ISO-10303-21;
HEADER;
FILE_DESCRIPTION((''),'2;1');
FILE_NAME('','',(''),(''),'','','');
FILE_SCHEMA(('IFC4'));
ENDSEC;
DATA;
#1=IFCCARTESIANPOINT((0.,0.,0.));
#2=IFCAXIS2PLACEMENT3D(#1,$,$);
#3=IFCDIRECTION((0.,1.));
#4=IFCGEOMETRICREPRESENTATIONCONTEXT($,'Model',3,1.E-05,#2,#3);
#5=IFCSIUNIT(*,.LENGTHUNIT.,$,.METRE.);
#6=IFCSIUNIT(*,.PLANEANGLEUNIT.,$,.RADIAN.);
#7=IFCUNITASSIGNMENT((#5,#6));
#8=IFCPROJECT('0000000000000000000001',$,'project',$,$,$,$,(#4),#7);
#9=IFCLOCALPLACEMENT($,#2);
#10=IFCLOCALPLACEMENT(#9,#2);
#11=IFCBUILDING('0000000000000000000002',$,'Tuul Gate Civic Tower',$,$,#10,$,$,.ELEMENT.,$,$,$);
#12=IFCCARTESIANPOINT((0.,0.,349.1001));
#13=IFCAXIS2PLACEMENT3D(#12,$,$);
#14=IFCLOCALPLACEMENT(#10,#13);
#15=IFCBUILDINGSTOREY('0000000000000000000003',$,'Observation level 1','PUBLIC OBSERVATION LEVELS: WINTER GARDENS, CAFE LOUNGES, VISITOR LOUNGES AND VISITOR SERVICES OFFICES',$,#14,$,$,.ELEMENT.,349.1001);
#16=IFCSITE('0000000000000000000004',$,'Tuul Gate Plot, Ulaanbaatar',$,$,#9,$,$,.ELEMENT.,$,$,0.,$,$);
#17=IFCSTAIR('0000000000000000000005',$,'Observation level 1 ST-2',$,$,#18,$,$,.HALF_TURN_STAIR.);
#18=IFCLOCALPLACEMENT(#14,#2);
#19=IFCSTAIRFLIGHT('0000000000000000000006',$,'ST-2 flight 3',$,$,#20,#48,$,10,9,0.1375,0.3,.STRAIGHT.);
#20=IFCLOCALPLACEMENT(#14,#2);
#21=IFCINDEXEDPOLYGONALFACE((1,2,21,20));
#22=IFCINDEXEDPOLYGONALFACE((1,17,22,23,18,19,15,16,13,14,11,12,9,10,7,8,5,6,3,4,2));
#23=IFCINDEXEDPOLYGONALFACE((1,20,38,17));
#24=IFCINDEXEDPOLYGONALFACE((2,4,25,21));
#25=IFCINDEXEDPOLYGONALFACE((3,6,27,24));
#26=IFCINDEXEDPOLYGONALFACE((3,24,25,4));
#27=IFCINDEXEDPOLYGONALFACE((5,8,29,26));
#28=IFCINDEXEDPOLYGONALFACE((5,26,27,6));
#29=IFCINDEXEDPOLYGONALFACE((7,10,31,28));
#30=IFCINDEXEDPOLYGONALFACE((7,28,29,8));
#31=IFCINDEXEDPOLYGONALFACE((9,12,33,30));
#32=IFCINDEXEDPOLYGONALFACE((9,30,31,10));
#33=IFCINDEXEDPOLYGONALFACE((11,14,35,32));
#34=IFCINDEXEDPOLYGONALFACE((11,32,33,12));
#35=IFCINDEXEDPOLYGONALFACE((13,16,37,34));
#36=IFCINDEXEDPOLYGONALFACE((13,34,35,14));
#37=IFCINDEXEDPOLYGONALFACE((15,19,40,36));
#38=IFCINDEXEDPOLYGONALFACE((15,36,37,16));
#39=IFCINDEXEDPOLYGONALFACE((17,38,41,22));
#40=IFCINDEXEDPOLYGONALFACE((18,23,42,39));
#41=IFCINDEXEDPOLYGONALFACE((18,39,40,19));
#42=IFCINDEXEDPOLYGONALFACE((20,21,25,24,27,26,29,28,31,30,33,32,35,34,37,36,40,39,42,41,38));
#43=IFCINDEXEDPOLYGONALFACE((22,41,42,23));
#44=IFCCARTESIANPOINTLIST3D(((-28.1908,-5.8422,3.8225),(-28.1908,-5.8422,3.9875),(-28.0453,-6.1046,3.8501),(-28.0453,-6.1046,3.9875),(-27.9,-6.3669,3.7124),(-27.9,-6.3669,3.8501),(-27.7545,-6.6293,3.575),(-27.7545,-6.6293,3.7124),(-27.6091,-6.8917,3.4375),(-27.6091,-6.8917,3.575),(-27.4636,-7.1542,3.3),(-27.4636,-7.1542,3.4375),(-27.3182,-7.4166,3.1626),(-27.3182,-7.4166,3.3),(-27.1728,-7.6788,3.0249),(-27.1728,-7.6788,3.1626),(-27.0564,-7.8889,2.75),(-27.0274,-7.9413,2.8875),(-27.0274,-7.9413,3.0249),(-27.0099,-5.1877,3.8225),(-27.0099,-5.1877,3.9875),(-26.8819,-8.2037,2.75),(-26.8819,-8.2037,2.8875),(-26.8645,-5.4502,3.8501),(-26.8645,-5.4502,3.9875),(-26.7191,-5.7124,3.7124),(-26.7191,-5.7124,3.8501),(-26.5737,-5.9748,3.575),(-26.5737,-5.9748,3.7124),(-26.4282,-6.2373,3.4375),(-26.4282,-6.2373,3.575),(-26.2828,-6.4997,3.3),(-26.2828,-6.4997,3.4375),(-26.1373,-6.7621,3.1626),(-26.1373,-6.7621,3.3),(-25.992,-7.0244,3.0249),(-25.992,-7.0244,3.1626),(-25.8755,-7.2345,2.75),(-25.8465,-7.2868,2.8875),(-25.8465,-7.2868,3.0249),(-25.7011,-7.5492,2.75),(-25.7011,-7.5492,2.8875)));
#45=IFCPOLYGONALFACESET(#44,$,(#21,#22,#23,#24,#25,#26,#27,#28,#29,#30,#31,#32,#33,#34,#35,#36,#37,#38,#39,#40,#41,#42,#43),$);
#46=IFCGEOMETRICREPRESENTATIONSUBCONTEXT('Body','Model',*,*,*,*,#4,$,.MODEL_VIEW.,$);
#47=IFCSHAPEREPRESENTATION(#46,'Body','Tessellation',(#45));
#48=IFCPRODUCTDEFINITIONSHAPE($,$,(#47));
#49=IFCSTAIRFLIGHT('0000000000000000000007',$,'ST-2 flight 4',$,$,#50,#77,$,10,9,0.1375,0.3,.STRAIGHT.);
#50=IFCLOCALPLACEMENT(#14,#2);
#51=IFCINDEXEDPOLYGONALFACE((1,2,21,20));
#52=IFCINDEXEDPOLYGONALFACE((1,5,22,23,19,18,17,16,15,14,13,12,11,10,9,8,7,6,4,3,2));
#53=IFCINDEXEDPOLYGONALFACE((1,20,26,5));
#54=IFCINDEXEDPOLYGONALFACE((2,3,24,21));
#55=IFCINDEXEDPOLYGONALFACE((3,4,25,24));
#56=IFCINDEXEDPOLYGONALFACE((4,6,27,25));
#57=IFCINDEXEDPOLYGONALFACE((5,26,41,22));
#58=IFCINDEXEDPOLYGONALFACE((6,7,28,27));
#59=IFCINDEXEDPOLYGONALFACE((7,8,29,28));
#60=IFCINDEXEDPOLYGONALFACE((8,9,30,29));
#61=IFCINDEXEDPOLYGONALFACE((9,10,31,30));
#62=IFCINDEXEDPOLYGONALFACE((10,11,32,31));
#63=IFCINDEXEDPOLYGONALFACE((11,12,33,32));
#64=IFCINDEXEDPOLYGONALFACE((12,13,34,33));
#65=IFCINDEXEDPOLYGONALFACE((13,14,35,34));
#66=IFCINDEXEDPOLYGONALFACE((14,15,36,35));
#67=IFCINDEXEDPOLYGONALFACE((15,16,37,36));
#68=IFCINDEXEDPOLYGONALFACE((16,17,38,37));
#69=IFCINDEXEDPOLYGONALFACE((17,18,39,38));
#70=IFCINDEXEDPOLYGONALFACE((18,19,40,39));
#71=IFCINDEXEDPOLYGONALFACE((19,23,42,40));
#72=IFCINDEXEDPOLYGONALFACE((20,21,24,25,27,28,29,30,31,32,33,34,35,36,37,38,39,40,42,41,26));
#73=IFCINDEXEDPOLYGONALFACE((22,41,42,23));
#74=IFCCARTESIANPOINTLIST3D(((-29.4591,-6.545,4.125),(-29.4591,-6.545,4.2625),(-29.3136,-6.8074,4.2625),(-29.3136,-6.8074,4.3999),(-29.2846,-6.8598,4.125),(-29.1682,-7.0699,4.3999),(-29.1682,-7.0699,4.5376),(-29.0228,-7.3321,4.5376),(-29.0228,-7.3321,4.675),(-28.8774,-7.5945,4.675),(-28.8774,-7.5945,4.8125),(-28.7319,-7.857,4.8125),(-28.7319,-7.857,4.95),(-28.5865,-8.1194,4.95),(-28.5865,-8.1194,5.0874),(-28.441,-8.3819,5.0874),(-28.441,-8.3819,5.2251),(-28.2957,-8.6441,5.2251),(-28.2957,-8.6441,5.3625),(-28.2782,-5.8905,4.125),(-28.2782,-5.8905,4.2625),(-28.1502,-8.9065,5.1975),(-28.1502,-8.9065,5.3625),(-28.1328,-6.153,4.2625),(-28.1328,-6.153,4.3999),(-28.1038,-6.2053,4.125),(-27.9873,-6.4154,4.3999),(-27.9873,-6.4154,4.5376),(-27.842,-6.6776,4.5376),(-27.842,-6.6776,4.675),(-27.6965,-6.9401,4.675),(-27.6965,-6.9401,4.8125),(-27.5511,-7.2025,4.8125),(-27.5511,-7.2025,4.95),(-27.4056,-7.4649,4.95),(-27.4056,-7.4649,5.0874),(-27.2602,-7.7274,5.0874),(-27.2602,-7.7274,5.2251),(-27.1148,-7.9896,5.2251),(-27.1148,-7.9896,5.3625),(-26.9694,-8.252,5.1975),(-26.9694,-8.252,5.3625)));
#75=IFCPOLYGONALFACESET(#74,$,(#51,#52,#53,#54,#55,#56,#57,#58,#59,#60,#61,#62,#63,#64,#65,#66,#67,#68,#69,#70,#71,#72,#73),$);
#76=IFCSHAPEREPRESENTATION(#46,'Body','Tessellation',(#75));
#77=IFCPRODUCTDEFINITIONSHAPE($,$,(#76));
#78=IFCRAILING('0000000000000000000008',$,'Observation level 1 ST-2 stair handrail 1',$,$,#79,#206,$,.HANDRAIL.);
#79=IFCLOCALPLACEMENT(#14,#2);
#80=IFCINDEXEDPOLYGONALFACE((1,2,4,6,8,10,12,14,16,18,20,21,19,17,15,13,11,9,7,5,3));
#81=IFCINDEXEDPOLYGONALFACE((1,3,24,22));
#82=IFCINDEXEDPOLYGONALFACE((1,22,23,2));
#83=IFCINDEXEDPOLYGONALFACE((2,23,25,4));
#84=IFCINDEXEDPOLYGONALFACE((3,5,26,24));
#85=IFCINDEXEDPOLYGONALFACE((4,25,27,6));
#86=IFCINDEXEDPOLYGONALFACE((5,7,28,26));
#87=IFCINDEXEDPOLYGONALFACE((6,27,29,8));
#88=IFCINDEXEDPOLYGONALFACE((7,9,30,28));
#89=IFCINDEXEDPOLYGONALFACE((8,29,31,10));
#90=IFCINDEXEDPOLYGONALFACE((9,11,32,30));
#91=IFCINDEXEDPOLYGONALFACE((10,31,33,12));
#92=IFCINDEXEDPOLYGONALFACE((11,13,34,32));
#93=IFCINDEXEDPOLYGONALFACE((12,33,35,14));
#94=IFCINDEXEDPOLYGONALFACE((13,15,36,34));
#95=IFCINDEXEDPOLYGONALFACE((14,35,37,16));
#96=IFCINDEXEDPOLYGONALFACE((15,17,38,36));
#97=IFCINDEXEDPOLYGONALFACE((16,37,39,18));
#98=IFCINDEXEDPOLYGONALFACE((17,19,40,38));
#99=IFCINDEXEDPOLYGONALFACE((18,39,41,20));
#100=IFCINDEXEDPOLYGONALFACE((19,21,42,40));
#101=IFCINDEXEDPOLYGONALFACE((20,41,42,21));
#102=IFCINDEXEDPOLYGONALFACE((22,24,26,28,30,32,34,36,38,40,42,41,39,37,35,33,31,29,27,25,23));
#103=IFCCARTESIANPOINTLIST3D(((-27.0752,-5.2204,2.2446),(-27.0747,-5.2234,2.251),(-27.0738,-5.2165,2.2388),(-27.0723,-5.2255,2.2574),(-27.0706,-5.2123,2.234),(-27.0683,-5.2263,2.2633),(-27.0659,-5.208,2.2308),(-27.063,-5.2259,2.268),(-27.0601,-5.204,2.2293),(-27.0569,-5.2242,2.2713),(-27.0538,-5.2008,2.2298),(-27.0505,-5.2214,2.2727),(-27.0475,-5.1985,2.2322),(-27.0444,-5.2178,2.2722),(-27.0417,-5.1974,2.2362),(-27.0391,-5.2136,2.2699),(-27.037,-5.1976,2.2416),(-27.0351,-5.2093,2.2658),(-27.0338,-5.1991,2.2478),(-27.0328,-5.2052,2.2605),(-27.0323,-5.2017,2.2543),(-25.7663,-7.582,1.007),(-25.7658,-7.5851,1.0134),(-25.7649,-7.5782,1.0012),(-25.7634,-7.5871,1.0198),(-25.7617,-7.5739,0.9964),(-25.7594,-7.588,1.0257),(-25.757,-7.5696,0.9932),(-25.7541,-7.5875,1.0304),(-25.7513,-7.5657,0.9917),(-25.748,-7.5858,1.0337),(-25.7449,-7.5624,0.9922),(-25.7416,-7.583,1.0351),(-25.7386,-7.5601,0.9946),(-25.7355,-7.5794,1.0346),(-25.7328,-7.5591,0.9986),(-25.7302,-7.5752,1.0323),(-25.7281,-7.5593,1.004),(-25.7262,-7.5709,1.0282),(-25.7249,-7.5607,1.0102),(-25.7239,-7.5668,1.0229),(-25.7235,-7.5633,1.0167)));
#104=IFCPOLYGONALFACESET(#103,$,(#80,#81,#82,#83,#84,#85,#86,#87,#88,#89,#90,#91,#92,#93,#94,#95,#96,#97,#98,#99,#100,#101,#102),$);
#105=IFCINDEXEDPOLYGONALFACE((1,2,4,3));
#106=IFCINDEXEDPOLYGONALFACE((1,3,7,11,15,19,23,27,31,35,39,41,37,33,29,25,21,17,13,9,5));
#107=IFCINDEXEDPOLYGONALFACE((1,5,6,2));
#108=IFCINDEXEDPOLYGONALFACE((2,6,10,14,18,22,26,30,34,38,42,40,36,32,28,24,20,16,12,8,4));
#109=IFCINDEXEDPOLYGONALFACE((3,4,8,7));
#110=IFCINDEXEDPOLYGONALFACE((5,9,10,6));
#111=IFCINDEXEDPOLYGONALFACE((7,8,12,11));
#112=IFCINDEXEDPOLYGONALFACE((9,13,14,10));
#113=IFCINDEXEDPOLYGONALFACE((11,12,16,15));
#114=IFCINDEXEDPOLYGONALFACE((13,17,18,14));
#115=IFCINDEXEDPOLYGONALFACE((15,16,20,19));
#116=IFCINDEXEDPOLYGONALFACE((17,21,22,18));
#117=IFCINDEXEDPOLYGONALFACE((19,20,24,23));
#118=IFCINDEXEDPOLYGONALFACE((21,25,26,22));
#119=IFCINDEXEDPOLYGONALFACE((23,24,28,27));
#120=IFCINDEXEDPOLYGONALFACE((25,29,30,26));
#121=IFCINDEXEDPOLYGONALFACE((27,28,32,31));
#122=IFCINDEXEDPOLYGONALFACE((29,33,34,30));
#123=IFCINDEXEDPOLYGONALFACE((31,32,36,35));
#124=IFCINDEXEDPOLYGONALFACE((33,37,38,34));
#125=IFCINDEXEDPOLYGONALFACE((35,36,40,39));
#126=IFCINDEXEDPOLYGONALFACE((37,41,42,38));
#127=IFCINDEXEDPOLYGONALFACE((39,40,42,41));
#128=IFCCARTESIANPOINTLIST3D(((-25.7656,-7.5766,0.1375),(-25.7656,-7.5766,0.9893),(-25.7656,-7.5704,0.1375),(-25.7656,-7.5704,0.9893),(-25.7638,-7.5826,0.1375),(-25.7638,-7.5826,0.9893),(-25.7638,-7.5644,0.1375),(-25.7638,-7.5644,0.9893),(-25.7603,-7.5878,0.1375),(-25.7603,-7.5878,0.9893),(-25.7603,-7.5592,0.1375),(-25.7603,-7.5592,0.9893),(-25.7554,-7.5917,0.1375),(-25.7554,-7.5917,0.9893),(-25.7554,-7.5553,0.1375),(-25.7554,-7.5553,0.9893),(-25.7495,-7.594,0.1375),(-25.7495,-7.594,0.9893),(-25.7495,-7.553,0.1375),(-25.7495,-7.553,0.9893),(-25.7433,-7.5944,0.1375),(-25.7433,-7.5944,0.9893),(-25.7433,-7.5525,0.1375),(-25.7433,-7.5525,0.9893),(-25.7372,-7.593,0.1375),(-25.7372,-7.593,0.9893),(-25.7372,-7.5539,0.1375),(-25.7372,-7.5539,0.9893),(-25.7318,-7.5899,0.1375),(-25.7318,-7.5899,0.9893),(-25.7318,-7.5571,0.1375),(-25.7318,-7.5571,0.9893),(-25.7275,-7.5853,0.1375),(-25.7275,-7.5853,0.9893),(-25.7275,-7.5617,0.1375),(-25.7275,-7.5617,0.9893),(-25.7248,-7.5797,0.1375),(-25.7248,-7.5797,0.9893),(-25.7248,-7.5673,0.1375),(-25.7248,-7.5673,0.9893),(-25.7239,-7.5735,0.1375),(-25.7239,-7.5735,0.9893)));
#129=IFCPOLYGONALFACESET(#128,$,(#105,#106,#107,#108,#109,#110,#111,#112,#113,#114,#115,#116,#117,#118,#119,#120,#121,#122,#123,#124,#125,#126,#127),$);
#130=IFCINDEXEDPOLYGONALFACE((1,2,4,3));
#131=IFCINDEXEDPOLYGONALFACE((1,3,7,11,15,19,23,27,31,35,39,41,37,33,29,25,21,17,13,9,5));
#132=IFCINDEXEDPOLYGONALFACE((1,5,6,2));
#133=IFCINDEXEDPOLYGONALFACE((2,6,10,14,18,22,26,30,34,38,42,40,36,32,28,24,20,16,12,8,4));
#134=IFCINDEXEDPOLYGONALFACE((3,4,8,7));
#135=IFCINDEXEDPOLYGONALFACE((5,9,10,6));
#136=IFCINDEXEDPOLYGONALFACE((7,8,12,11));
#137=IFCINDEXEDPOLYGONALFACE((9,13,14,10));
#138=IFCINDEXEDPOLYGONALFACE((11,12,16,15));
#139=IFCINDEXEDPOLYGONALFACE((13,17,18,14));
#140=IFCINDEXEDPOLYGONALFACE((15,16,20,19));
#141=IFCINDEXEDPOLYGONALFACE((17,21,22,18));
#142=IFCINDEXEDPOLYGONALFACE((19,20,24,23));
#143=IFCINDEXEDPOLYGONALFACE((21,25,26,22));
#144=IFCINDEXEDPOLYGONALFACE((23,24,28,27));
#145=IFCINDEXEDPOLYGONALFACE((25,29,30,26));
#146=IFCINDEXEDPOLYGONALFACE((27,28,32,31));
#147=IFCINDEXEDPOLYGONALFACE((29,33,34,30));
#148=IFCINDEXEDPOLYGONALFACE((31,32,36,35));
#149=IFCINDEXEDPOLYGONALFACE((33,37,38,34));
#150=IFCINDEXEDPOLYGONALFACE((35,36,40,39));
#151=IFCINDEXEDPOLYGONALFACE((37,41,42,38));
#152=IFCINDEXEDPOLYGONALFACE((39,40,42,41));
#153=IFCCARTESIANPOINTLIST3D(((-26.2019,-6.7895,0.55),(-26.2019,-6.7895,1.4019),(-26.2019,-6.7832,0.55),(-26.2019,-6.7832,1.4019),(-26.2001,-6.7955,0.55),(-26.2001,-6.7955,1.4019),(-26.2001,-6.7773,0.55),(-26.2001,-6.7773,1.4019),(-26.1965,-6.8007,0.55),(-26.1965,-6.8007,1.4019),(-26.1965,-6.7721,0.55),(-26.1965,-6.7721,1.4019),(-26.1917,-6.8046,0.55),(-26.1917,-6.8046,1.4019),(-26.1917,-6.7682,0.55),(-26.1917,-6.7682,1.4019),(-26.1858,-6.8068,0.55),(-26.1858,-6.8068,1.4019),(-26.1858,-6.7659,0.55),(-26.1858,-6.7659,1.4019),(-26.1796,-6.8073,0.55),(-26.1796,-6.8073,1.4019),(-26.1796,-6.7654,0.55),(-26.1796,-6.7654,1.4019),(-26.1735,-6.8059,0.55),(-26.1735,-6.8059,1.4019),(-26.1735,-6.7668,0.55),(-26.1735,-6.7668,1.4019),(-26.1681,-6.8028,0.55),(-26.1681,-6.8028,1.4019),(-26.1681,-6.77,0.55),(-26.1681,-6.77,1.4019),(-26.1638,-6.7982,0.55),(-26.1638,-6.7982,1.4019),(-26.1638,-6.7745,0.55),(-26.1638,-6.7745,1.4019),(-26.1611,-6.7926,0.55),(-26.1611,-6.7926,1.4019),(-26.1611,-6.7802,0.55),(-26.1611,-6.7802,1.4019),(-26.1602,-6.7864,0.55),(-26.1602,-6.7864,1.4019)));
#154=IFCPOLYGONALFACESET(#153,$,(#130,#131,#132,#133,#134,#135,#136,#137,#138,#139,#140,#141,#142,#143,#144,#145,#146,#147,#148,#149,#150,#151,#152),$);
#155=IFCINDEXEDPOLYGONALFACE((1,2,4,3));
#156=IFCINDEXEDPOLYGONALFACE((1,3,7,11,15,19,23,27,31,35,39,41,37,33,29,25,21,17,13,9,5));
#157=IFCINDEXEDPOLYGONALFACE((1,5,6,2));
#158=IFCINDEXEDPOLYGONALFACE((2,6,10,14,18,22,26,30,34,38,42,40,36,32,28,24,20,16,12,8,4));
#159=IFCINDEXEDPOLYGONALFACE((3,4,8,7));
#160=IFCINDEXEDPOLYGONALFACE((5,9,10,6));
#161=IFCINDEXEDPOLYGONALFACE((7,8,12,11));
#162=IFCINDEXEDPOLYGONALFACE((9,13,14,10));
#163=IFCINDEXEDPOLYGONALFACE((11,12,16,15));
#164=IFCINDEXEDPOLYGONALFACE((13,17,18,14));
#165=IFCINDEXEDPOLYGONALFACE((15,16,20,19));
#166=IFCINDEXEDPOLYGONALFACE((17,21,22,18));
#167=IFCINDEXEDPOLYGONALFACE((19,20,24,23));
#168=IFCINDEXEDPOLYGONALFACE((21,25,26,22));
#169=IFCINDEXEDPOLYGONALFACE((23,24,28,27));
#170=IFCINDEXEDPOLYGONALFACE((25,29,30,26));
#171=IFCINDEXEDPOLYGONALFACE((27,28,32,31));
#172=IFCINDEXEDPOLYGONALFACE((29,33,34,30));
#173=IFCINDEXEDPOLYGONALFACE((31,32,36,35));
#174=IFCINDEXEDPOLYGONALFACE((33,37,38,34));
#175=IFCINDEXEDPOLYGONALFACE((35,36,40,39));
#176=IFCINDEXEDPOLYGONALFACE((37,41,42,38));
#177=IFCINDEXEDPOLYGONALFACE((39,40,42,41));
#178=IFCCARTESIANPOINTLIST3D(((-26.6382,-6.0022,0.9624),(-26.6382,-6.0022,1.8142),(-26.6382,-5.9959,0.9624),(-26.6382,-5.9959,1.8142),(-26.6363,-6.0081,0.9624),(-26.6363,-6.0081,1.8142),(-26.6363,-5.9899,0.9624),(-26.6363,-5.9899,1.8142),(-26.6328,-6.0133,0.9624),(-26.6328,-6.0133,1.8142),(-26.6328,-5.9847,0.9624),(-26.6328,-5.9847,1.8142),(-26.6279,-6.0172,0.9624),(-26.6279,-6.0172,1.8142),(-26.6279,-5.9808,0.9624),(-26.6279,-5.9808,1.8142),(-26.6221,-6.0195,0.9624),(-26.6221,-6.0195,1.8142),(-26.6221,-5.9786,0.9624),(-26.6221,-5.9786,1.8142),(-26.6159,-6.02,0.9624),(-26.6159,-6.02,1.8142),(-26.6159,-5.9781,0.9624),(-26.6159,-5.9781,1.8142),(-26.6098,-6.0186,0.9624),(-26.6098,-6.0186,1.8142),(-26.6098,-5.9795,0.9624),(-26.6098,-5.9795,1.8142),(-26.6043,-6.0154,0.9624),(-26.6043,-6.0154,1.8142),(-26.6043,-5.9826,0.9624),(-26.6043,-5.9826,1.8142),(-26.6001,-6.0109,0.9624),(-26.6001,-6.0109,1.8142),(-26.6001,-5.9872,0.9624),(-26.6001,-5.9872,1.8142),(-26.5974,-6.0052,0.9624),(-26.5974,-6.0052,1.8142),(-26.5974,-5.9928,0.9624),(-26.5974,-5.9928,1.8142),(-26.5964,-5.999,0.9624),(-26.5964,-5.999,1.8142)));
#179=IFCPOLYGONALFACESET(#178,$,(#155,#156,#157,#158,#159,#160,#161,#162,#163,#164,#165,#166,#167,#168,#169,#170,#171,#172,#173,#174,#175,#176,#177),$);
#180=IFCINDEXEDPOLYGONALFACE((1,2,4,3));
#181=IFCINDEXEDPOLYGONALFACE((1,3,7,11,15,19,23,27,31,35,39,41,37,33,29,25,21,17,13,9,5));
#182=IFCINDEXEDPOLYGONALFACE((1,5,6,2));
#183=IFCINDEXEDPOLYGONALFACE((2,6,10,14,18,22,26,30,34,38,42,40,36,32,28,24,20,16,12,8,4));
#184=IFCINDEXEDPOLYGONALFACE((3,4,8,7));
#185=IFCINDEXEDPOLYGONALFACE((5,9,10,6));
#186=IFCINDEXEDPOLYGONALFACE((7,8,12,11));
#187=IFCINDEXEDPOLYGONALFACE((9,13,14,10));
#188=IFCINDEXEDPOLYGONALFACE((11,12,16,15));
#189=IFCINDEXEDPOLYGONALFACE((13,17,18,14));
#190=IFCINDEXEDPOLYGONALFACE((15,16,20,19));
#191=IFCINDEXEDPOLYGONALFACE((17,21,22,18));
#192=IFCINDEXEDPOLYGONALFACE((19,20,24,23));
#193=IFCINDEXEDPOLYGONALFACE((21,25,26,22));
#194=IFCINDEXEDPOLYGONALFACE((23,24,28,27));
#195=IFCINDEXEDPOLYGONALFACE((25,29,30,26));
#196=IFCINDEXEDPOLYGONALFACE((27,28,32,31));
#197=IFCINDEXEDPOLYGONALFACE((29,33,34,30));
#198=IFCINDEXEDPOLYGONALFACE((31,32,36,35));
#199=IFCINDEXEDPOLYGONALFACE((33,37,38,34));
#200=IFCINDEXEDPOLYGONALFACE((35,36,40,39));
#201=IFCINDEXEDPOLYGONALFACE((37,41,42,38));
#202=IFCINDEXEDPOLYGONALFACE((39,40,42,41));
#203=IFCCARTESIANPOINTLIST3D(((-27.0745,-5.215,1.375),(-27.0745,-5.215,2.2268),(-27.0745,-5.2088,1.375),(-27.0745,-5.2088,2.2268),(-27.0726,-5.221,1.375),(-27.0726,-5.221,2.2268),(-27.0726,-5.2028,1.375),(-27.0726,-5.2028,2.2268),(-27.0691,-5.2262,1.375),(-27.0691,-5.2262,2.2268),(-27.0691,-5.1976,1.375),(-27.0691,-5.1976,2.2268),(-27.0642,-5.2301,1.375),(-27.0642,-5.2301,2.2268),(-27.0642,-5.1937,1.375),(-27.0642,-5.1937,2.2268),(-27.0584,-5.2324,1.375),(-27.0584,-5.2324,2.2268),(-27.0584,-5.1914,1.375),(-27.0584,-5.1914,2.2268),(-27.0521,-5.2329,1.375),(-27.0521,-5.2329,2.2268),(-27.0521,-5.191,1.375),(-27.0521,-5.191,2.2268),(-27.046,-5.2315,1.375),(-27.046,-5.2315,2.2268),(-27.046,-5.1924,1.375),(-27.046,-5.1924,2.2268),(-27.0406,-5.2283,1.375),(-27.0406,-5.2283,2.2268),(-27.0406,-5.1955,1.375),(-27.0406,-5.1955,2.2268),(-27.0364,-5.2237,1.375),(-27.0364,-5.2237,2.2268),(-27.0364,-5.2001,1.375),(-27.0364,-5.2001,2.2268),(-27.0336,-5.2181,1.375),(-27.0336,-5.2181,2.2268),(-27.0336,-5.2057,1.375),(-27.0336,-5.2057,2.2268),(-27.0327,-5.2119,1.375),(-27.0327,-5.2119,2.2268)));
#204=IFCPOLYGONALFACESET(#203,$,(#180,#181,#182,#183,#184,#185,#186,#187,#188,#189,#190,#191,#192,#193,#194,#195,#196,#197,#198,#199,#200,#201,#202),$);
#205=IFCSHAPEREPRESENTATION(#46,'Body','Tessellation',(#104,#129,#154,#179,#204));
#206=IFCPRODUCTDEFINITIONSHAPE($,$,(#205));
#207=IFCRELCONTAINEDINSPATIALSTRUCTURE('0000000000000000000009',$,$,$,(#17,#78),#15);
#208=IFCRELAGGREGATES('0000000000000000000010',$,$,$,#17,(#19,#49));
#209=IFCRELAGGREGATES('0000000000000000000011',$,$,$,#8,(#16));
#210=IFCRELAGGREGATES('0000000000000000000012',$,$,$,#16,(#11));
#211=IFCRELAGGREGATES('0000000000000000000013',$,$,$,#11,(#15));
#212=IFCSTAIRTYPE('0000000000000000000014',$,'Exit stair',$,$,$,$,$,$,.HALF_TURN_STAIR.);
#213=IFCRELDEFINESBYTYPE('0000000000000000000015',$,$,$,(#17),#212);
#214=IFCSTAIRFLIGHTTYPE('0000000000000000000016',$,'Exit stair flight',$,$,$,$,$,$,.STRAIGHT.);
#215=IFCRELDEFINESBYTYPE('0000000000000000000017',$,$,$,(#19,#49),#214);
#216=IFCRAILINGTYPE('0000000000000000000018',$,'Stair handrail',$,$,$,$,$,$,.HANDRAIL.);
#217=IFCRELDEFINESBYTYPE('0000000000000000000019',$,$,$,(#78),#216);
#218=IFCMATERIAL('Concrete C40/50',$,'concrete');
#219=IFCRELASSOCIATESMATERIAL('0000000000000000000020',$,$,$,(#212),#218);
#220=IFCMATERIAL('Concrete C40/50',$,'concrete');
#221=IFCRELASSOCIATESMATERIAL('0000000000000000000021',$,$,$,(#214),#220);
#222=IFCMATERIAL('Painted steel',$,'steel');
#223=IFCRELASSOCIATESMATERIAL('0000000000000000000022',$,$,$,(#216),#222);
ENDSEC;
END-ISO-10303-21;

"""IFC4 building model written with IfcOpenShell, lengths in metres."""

from ifc_helpers import new_model, si_unit, direction, frame, origin, origin_2d, place, context, subcontext, project, spatial, polyline, circle, outline, extrude, material, type_object, element, aggregate, save


model = new_model("IFC4")

# Units and contexts
model_context = context("Model", 3, precision=1e-05, world=origin(), true_north=direction((0.0, 1.0)))
body_context = subcontext(model_context, "Body", "Model", "MODEL_VIEW")
ifc_project = project(units=[si_unit("LENGTHUNIT", "METRE"), si_unit("PLANEANGLEUNIT", "RADIAN")], contexts=[model_context])

# Site, building, storey
site_placement = place(None, origin())
site = spatial("IfcSite", under=ifc_project, at=site_placement, Name="Tuul Gate Plot, Ulaanbaatar", CompositionType="ELEMENT", RefElevation=0.0)
building_placement = place(site_placement, origin())
building = spatial("IfcBuilding", under=site, at=building_placement, Name="Tuul Gate Civic Tower", CompositionType="ELEMENT")
storey_placement = place(building_placement, frame((0.0, 0.0, 349.1001)))
storey = spatial("IfcBuildingStorey", under=building, at=storey_placement, Name="Observation level 1", Description="PUBLIC OBSERVATION LEVELS: WINTER GARDENS, CAFE LOUNGES, VISITOR LOUNGES AND VISITOR SERVICES OFFICES", CompositionType="ELEMENT", Elevation=349.1001)

# Stair, stair flights
ifc_material_1 = material(Name="Concrete C40/50", Category="concrete")
stair_type = type_object("IfcStairType", Name="Exit stair", PredefinedType="HALF_TURN_STAIR", material=ifc_material_1)
stair_placement = place(storey_placement, origin())
stair = element("IfcStair", 1, at=stair_placement, inside=storey, type_object=stair_type, Name="Observation level 1 ST-2", PredefinedType="HALF_TURN_STAIR")
ifc_material_2 = material(Name="Concrete C40/50", Category="concrete")
stair_flight_type = type_object("IfcStairFlightType", Name="Exit stair flight", PredefinedType="STRAIGHT", material=ifc_material_2)
stair_flight_1_placement = place(storey_placement, frame((-26.2915, -7.8765, 2.75), z_axis=(0.0, 0.0, 1.0), x_axis=(-0.484762, 0.874646, 0.0)))
stair_flight_1 = element("IfcStairFlight", 2, at=stair_flight_1_placement, type_object=stair_flight_type, Name="ST-2 flight 3", NumberOfRisers=10, NumberOfTreads=9, PredefinedType="STRAIGHT", RiserHeight=0.1375, TreadLength=0.3, context=body_context, shape_type="SweptSolid", body=[
    extrude(outline(polyline([(0.0, 0.0), (0.0, 0.1375), (0.3, 0.1375), (0.3, 0.2749), (0.6001, 0.2749), (0.6001, 0.4126), (0.8999, 0.4126), (0.8999, 0.55), (1.2, 0.55), (1.2, 0.6875), (1.5, 0.6875), (1.5, 0.825), (1.8, 0.825), (1.8, 0.9624), (2.1001, 0.9624), (2.1001, 1.1001), (2.3999, 1.1001), (2.3999, 1.2375), (2.7, 1.2375), (2.7, 1.375), (2.7, 1.0725), (0.3599, 0.0), (0.0, 0.0)])), frame((0.0, 0.675, 0.0), z_axis=(0.0, -1.0, 0.0), x_axis=(1.0, 0.0, 0.0)), (0.0, 0.0, 1.0), 1.3501),
])
stair_flight_2_placement = place(storey_placement, frame((-28.8687, -6.2178, 4.125), z_axis=(0.0, 0.0, 1.0), x_axis=(0.484762, -0.874646, 0.0)))
stair_flight_2 = element("IfcStairFlight", 3, at=stair_flight_2_placement, type_object=stair_flight_type, Name="ST-2 flight 4", NumberOfRisers=10, NumberOfTreads=9, PredefinedType="STRAIGHT", RiserHeight=0.1375, TreadLength=0.3, context=body_context, shape_type="SweptSolid", body=[
    extrude(outline(polyline([(0.0, 0.0), (0.0, 0.1375), (0.3, 0.1375), (0.3, 0.2749), (0.6001, 0.2749), (0.6001, 0.4126), (0.8999, 0.4126), (0.8999, 0.55), (1.2, 0.55), (1.2, 0.6875), (1.5, 0.6875), (1.5, 0.825), (1.8, 0.825), (1.8, 0.9624), (2.1001, 0.9624), (2.1001, 1.1001), (2.3999, 1.1001), (2.3999, 1.2375), (2.7, 1.2375), (2.7, 1.375), (2.7, 1.0725), (0.3599, 0.0), (0.0, 0.0)])), frame((0.0, 0.675, 0.0), z_axis=(0.0, -1.0, 0.0), x_axis=(1.0, 0.0, 0.0)), (0.0, 0.0, 1.0), 1.3501),
])
aggregate(stair, [stair_flight_1, stair_flight_2])

# Railing
ifc_material_3 = material(Name="Painted steel", Category="steel")
railing_type_1 = type_object("IfcRailingType", Name="Stair handrail", PredefinedType="HANDRAIL", material=ifc_material_3)
railing_1_placement = place(storey_placement, frame((-25.7449, -7.5735, 0.1375)))
element("IfcRailing", 4, at=railing_1_placement, inside=storey, type_object=railing_type_1, Name="Observation level 1 ST-2 stair handrail 1", PredefinedType="HANDRAIL", context=body_context, shape_type="SweptSolid", body=[
    extrude(circle(Radius=0.0239, at=origin_2d()), frame((0.0, 0.0, 0.876), z_axis=(-0.440668, 0.79511, 0.416666), x_axis=(-0.874652, -0.484752, 0.0)), (0.0, 0.0, 1.0), 2.9702),
    extrude(circle(Radius=0.021, at=origin_2d()), origin(), (0.0, 0.0, 1.0), 0.8518),
    extrude(circle(Radius=0.021, at=origin_2d()), frame((-0.4363, 0.7871, 0.4126)), (0.0, 0.0, 1.0), 0.8518),
    extrude(circle(Radius=0.021, at=origin_2d()), frame((-0.8726, 1.5745, 0.825)), (0.0, 0.0, 1.0), 0.8518),
    extrude(circle(Radius=0.021, at=origin_2d()), frame((-1.3088, 2.3616, 1.2375)), (0.0, 0.0, 1.0), 0.8518),
])

save(model, "model.ifc")
